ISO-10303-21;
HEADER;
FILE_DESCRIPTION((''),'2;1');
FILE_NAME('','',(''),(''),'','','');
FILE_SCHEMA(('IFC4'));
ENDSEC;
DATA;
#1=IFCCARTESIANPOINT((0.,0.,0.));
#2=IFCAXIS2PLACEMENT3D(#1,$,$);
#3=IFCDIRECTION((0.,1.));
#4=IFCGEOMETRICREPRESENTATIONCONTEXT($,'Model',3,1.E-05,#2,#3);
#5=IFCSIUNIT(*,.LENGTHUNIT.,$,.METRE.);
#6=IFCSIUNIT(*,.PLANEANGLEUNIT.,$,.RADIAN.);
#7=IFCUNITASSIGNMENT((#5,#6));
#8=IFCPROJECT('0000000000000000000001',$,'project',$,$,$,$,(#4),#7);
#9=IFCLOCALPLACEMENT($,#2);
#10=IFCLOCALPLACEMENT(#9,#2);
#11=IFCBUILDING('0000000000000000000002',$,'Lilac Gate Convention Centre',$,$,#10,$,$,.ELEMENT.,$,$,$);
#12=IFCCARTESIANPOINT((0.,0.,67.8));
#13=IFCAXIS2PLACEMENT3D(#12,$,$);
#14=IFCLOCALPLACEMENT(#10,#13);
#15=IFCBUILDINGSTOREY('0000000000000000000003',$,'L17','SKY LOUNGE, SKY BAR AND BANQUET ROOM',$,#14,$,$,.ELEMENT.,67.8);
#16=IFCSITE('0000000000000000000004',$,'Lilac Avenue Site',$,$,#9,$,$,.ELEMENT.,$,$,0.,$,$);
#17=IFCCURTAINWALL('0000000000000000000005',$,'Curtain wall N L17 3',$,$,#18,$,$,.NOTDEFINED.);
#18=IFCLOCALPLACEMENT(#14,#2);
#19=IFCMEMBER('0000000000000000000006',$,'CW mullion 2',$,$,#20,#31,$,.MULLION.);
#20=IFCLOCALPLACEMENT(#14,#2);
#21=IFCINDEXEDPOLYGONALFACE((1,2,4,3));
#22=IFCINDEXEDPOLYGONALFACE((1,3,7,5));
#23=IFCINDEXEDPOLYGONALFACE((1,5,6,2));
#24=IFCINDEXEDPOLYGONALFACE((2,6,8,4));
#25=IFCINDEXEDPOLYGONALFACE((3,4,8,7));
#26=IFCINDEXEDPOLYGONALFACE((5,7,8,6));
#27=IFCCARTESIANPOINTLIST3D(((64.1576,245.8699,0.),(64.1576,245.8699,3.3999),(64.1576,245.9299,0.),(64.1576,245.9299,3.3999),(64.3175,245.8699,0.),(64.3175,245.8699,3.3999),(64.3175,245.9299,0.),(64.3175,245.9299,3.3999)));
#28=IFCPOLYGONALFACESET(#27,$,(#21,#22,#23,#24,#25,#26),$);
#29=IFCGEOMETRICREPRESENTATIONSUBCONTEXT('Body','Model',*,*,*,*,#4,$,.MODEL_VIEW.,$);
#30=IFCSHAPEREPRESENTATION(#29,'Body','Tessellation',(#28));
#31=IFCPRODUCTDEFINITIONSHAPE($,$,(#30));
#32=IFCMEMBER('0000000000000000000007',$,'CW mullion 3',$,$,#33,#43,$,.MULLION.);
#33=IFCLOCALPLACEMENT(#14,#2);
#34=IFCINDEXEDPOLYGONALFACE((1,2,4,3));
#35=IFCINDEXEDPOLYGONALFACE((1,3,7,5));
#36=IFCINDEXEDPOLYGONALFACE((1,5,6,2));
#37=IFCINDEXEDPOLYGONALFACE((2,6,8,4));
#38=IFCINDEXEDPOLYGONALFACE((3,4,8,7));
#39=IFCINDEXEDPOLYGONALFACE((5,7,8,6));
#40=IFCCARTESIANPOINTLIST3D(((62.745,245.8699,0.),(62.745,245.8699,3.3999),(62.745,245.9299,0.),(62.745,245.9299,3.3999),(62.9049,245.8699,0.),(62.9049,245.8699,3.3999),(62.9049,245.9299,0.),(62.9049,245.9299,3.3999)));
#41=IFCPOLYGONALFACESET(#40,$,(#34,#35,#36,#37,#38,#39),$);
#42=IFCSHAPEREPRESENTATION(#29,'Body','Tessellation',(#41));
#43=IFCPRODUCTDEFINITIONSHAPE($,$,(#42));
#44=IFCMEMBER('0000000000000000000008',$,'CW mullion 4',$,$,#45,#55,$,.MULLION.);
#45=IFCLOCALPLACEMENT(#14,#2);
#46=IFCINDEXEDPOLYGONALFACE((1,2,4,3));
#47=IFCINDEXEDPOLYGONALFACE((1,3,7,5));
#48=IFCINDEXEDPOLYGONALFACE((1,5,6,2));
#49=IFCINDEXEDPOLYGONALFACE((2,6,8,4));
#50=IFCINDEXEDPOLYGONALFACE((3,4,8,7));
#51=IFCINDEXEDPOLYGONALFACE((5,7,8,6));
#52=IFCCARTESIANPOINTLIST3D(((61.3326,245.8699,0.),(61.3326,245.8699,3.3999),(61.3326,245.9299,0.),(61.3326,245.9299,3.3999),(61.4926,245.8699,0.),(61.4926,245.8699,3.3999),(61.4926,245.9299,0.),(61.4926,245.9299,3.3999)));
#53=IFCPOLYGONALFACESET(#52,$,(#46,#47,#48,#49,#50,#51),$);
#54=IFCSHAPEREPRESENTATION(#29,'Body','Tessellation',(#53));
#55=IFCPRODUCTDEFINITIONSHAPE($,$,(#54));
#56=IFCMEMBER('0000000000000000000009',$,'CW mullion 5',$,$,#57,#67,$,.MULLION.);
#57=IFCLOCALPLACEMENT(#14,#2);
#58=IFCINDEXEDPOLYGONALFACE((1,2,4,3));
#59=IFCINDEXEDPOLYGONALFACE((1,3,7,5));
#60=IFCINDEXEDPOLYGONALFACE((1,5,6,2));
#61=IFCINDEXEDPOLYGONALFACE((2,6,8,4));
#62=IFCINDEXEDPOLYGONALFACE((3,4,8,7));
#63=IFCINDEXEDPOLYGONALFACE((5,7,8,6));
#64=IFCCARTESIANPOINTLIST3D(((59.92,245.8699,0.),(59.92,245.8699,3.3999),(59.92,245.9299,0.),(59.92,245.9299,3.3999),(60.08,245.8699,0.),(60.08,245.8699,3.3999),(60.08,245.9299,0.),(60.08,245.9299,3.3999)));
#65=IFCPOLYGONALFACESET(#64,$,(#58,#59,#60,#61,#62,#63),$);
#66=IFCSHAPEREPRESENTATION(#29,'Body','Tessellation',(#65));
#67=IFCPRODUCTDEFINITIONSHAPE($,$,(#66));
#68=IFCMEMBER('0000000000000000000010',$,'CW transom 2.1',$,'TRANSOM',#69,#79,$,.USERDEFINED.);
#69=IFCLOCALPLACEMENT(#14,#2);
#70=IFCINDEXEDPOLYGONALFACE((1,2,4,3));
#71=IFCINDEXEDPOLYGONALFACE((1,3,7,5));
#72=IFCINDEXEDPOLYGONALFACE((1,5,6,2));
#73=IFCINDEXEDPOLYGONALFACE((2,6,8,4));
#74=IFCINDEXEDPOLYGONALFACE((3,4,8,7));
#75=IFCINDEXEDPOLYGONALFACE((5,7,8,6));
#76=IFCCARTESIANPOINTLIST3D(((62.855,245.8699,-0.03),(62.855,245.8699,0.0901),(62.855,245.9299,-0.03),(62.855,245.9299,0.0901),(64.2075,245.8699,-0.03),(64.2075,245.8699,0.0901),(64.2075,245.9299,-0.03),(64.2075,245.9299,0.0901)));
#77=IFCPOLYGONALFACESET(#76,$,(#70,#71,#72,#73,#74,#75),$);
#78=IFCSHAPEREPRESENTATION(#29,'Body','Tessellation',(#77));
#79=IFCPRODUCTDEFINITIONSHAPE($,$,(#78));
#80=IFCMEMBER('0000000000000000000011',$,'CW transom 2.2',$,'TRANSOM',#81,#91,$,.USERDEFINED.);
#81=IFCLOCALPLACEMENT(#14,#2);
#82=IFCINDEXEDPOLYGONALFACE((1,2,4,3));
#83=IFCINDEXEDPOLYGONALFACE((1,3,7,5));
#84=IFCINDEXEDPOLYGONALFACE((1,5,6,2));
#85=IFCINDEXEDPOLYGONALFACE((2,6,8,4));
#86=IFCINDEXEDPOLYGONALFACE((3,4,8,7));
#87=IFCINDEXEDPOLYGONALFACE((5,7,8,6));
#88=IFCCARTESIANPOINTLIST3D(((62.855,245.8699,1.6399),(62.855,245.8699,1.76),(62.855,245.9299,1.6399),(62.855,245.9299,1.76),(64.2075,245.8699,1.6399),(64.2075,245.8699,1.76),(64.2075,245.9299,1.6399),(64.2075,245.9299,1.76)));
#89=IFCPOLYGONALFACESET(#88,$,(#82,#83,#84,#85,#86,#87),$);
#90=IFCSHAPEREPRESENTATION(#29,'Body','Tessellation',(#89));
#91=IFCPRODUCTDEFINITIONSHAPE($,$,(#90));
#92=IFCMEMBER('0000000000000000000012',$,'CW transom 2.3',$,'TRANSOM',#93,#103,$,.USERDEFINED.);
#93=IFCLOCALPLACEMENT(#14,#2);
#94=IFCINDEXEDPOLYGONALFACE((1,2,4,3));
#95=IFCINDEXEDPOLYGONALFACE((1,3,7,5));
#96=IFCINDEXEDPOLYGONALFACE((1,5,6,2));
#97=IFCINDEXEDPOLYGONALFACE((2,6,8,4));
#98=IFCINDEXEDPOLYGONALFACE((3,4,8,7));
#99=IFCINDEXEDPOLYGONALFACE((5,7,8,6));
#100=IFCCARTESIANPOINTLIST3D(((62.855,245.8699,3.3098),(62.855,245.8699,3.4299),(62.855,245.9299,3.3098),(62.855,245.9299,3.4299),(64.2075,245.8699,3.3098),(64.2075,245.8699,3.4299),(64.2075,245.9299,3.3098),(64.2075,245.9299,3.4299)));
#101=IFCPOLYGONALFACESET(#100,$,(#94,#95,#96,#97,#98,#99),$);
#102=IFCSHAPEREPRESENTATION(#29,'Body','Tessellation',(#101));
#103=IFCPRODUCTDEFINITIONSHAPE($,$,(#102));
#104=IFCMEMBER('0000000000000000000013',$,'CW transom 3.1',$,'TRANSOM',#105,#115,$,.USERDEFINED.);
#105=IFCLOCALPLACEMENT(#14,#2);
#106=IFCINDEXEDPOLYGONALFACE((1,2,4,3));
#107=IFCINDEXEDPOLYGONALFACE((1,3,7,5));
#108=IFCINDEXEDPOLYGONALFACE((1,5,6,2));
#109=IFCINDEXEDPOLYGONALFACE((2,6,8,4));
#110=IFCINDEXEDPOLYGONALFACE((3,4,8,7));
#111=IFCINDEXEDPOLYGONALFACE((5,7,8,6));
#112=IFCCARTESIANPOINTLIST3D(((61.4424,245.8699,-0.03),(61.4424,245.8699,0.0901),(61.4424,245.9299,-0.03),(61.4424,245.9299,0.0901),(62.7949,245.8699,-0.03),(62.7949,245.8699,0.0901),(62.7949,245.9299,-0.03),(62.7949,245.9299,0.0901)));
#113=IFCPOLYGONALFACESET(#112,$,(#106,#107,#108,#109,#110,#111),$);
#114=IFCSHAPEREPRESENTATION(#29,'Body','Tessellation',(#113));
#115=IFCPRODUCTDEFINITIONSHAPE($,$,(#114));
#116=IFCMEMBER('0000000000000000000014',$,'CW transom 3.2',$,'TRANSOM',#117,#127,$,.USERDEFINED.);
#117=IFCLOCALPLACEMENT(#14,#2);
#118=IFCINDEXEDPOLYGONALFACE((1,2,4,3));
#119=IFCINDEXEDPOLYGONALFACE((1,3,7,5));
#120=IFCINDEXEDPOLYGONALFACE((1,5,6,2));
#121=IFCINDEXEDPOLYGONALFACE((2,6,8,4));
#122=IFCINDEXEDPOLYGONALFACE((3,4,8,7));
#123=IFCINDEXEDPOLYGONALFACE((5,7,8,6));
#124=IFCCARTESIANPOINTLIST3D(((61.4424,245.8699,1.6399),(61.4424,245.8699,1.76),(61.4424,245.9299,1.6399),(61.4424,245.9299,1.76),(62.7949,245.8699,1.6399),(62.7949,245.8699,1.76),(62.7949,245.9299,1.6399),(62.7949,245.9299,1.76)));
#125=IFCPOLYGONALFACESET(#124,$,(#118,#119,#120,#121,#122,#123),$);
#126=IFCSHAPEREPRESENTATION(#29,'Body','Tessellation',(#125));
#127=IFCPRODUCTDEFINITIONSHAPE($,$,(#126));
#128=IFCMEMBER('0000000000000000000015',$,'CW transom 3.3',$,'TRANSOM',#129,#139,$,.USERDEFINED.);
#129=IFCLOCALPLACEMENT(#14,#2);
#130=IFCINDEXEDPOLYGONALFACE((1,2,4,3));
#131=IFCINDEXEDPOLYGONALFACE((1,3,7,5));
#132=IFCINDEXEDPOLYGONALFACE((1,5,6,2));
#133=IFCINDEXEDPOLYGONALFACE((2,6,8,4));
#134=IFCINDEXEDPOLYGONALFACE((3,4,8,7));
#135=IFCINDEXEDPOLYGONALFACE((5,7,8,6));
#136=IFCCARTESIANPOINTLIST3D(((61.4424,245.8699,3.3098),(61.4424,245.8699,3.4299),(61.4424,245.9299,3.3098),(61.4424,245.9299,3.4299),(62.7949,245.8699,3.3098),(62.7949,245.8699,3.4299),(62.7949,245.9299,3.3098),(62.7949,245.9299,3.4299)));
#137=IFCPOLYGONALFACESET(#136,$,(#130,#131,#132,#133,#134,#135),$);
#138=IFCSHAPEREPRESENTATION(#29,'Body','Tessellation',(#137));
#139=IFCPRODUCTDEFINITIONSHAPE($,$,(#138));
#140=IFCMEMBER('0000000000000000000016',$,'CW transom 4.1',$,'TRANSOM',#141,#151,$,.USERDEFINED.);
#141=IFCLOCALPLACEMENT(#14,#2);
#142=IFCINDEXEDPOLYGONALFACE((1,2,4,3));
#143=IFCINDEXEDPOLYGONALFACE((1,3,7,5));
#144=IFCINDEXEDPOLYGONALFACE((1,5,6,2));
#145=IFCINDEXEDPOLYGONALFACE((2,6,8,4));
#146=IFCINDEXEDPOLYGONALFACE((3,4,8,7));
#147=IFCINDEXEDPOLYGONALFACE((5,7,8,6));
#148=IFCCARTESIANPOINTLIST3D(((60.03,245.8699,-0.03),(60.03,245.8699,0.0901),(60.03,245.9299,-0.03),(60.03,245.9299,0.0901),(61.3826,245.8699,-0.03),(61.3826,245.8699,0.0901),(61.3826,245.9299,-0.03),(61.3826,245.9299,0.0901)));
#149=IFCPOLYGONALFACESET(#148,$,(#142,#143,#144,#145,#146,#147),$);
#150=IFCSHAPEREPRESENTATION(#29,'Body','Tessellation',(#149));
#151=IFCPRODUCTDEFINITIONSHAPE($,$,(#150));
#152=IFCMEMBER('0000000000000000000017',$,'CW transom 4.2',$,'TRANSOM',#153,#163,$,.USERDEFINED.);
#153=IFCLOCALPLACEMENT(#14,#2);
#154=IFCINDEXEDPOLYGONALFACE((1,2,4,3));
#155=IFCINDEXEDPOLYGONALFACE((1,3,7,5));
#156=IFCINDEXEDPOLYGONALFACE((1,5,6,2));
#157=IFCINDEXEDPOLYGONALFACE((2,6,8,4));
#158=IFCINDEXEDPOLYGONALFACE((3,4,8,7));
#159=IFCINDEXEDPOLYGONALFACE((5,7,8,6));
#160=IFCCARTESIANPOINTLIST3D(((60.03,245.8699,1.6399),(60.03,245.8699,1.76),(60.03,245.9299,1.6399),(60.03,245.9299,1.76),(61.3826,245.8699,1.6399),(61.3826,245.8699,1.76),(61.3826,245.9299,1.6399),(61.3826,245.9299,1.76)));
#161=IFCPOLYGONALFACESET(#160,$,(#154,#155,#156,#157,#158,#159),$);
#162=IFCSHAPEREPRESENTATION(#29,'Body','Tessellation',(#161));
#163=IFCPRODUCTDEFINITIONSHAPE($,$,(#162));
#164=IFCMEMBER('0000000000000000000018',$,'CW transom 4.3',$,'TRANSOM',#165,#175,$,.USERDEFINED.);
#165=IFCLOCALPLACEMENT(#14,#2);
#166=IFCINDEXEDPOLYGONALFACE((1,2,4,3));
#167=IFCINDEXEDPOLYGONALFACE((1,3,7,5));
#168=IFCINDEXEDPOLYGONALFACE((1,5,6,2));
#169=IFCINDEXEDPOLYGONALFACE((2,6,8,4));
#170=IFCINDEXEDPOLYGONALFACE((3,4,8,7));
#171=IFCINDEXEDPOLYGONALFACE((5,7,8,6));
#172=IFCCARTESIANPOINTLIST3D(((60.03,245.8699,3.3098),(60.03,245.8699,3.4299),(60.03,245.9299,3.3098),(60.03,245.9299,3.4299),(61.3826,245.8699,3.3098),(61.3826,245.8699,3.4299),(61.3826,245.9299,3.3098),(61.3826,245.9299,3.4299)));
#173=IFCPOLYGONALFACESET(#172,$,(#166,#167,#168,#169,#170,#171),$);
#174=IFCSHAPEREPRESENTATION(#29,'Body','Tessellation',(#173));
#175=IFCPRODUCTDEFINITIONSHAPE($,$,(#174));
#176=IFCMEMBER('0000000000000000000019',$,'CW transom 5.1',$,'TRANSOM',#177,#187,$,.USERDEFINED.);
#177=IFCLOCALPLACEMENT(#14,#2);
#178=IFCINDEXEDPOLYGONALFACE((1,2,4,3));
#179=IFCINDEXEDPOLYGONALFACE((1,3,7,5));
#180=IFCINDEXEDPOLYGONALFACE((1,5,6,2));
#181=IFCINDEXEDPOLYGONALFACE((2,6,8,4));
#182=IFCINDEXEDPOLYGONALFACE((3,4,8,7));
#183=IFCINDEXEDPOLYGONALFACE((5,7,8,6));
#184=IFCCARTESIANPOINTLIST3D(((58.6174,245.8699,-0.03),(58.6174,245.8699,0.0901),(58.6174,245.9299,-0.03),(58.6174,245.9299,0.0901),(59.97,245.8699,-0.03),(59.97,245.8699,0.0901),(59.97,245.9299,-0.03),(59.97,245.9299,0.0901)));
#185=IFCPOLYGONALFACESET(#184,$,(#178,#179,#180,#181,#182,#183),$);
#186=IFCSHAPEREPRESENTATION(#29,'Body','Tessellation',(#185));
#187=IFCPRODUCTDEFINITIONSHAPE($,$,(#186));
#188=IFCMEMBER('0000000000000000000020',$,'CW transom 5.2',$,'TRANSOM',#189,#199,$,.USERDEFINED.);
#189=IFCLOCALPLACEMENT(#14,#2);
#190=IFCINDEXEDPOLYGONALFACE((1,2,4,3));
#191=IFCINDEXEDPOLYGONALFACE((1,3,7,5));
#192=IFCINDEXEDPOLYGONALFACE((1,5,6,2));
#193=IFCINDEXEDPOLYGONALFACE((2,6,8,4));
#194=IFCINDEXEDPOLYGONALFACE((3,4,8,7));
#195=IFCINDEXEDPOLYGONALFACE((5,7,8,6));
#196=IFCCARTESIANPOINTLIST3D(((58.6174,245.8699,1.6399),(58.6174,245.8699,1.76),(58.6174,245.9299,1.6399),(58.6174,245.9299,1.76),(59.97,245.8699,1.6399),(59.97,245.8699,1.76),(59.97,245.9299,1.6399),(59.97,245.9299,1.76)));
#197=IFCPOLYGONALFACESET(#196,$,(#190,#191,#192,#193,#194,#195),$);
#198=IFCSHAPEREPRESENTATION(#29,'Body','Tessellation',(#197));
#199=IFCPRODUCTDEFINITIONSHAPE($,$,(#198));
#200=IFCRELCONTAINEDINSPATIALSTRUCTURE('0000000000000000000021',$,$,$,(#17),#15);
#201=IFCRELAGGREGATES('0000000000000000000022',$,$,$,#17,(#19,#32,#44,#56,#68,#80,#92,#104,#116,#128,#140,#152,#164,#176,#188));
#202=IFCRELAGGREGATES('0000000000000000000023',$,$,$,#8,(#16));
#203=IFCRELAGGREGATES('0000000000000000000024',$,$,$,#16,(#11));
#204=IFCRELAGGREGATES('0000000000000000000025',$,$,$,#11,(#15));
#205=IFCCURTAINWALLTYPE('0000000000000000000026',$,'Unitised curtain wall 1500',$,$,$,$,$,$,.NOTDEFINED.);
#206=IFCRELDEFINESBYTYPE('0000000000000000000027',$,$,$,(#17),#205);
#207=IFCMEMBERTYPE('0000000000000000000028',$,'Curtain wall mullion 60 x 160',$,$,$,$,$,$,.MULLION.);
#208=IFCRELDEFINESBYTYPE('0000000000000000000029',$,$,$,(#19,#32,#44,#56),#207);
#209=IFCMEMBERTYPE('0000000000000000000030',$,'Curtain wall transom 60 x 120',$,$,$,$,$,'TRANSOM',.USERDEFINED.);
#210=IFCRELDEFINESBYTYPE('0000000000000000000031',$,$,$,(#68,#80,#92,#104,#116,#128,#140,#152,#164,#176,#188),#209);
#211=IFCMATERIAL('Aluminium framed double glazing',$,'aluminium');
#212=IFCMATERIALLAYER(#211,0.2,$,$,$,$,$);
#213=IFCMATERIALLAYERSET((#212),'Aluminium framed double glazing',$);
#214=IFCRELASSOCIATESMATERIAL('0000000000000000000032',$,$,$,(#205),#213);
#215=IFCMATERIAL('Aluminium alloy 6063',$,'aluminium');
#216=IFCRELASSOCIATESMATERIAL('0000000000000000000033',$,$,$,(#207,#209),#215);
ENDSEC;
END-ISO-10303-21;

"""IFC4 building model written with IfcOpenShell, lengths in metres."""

from ifc_helpers import new_model, si_unit, direction, frame, origin, origin_2d, place, context, subcontext, project, spatial, rectangle, extrude, material, layer, layer_set, material_profile, profile_set, type_object, element, aggregate, save


model = new_model("IFC4")

# Units and contexts
model_context = context("Model", 3, precision=1e-05, world=origin(), true_north=direction((0.0, 1.0)))
body_context = subcontext(model_context, "Body", "Model", "MODEL_VIEW")
ifc_project = project(units=[si_unit("LENGTHUNIT", "METRE"), si_unit("PLANEANGLEUNIT", "RADIAN")], contexts=[model_context])

# Site, building, storey
site_placement = place(None, origin())
site = spatial("IfcSite", under=ifc_project, at=site_placement, Name="Lilac Avenue Site", CompositionType="ELEMENT", RefElevation=0.0)
building_placement = place(site_placement, origin())
building = spatial("IfcBuilding", under=site, at=building_placement, Name="Lilac Gate Convention Centre", CompositionType="ELEMENT")
storey_placement = place(building_placement, frame((0.0, 0.0, 67.8)))
storey = spatial("IfcBuildingStorey", under=building, at=storey_placement, Name="L17", Description="SKY LOUNGE, SKY BAR AND BANQUET ROOM", CompositionType="ELEMENT", Elevation=67.8)

# Curtain wall, members
ifc_material_1 = material(Name="Aluminium framed double glazing", Category="aluminium")
ifc_layer_1 = layer(ifc_material_1, 0.2)
ifc_layer_set_1 = layer_set([ifc_layer_1], Name="Aluminium framed double glazing")
curtain_wall_type = type_object("IfcCurtainWallType", Name="Unitised curtain wall 1500", PredefinedType="NOTDEFINED", material=ifc_layer_set_1)
curtain_wall_placement = place(storey_placement, origin())
curtain_wall = element("IfcCurtainWall", 1, at=curtain_wall_placement, inside=storey, type_object=curtain_wall_type, Name="Curtain wall N L17 3", PredefinedType="NOTDEFINED")
ifc_material_2 = material(Name="Aluminium alloy 6063", Category="aluminium")
ifc_material_profile_1 = material_profile(ifc_material_2, rectangle(XDim=0.0601, YDim=0.1599, at=origin_2d()), Name="Curtain wall mullion 60 x 160")
ifc_profile_set_1 = profile_set([ifc_material_profile_1], Name="Aluminium alloy 6063")
member_type_1 = type_object("IfcMemberType", Name="Curtain wall mullion 60 x 160", PredefinedType="MULLION", material=ifc_profile_set_1)
member_1_placement = place(storey_placement, frame((64.2375, 245.8999, 0.0), z_axis=(0.0, 0.0, 1.0), x_axis=(0.0, -1.0, 0.0)))
member_1 = element("IfcMember", 2, at=member_1_placement, type_object=member_type_1, Name="CW mullion 2", PredefinedType="MULLION", context=body_context, shape_type="SweptSolid", body=[
    extrude(rectangle(XDim=0.0601, YDim=0.1599, at=origin_2d()), origin(), (0.0, 0.0, 1.0), 3.3999),
])
member_2_placement = place(storey_placement, frame((62.825, 245.8999, 0.0), z_axis=(0.0, 0.0, 1.0), x_axis=(0.0, -1.0, 0.0)))
member_2 = element("IfcMember", 3, at=member_2_placement, type_object=member_type_1, Name="CW mullion 3", PredefinedType="MULLION", context=body_context, shape_type="SweptSolid", body=[
    extrude(rectangle(XDim=0.0601, YDim=0.1599, at=origin_2d()), origin(), (0.0, 0.0, 1.0), 3.3999),
])
member_3_placement = place(storey_placement, frame((61.4126, 245.8999, 0.0), z_axis=(0.0, 0.0, 1.0), x_axis=(0.0, -1.0, 0.0)))
member_3 = element("IfcMember", 4, at=member_3_placement, type_object=member_type_1, Name="CW mullion 4", PredefinedType="MULLION", context=body_context, shape_type="SweptSolid", body=[
    extrude(rectangle(XDim=0.0601, YDim=0.1599, at=origin_2d()), origin(), (0.0, 0.0, 1.0), 3.3999),
])
member_4_placement = place(storey_placement, frame((60.0, 245.8999, 0.0), z_axis=(0.0, 0.0, 1.0), x_axis=(0.0, -1.0, 0.0)))
member_4 = element("IfcMember", 5, at=member_4_placement, type_object=member_type_1, Name="CW mullion 5", PredefinedType="MULLION", context=body_context, shape_type="SweptSolid", body=[
    extrude(rectangle(XDim=0.0601, YDim=0.1599, at=origin_2d()), origin(), (0.0, 0.0, 1.0), 3.3999),
])
ifc_material_profile_2 = material_profile(ifc_material_2, rectangle(XDim=0.0601, YDim=0.1201, at=origin_2d()), Name="Curtain wall transom 60 x 120")
ifc_profile_set_2 = profile_set([ifc_material_profile_2], Name="Aluminium alloy 6063")
member_type_2 = type_object("IfcMemberType", Name="Curtain wall transom 60 x 120", ElementType="TRANSOM", PredefinedType="USERDEFINED", material=ifc_profile_set_2)
member_5_placement = place(storey_placement, frame((64.2075, 245.8999, 0.03), z_axis=(-1.0, 0.0, 0.0), x_axis=(0.0, -1.0, 0.0)))
member_5 = element("IfcMember", 6, at=member_5_placement, type_object=member_type_2, Name="CW transom 2.1", ObjectType="TRANSOM", PredefinedType="USERDEFINED", context=body_context, shape_type="SweptSolid", body=[
    extrude(rectangle(XDim=0.0601, YDim=0.1201, at=origin_2d()), origin(), (0.0, 0.0, 1.0), 1.3525),
])
member_6_placement = place(storey_placement, frame((64.2075, 245.8999, 1.7), z_axis=(-1.0, 0.0, 0.0), x_axis=(0.0, -1.0, 0.0)))
member_6 = element("IfcMember", 7, at=member_6_placement, type_object=member_type_2, Name="CW transom 2.2", ObjectType="TRANSOM", PredefinedType="USERDEFINED", context=body_context, shape_type="SweptSolid", body=[
    extrude(rectangle(XDim=0.0601, YDim=0.1201, at=origin_2d()), origin(), (0.0, 0.0, 1.0), 1.3525),
])
member_7_placement = place(storey_placement, frame((64.2075, 245.8999, 3.3699), z_axis=(-1.0, 0.0, 0.0), x_axis=(0.0, -1.0, 0.0)))
member_7 = element("IfcMember", 8, at=member_7_placement, type_object=member_type_2, Name="CW transom 2.3", ObjectType="TRANSOM", PredefinedType="USERDEFINED", context=body_context, shape_type="SweptSolid", body=[
    extrude(rectangle(XDim=0.0601, YDim=0.1201, at=origin_2d()), origin(), (0.0, 0.0, 1.0), 1.3525),
])
member_8_placement = place(storey_placement, frame((62.7949, 245.8999, 0.03), z_axis=(-1.0, 0.0, 0.0), x_axis=(0.0, -1.0, 0.0)))
member_8 = element("IfcMember", 9, at=member_8_placement, type_object=member_type_2, Name="CW transom 3.1", ObjectType="TRANSOM", PredefinedType="USERDEFINED", context=body_context, shape_type="SweptSolid", body=[
    extrude(rectangle(XDim=0.0601, YDim=0.1201, at=origin_2d()), origin(), (0.0, 0.0, 1.0), 1.3525),
])
member_9_placement = place(storey_placement, frame((62.7949, 245.8999, 1.7), z_axis=(-1.0, 0.0, 0.0), x_axis=(0.0, -1.0, 0.0)))
member_9 = element("IfcMember", 10, at=member_9_placement, type_object=member_type_2, Name="CW transom 3.2", ObjectType="TRANSOM", PredefinedType="USERDEFINED", context=body_context, shape_type="SweptSolid", body=[
    extrude(rectangle(XDim=0.0601, YDim=0.1201, at=origin_2d()), origin(), (0.0, 0.0, 1.0), 1.3525),
])
member_10_placement = place(storey_placement, frame((62.7949, 245.8999, 3.3699), z_axis=(-1.0, 0.0, 0.0), x_axis=(0.0, -1.0, 0.0)))
member_10 = element("IfcMember", 11, at=member_10_placement, type_object=member_type_2, Name="CW transom 3.3", ObjectType="TRANSOM", PredefinedType="USERDEFINED", context=body_context, shape_type="SweptSolid", body=[
    extrude(rectangle(XDim=0.0601, YDim=0.1201, at=origin_2d()), origin(), (0.0, 0.0, 1.0), 1.3525),
])
member_11_placement = place(storey_placement, frame((61.3826, 245.8999, 0.03), z_axis=(-1.0, 0.0, 0.0), x_axis=(0.0, -1.0, 0.0)))
member_11 = element("IfcMember", 12, at=member_11_placement, type_object=member_type_2, Name="CW transom 4.1", ObjectType="TRANSOM", PredefinedType="USERDEFINED", context=body_context, shape_type="SweptSolid", body=[
    extrude(rectangle(XDim=0.0601, YDim=0.1201, at=origin_2d()), origin(), (0.0, 0.0, 1.0), 1.3525),
])
member_12_placement = place(storey_placement, frame((61.3826, 245.8999, 1.7), z_axis=(-1.0, 0.0, 0.0), x_axis=(0.0, -1.0, 0.0)))
member_12 = element("IfcMember", 13, at=member_12_placement, type_object=member_type_2, Name="CW transom 4.2", ObjectType="TRANSOM", PredefinedType="USERDEFINED", context=body_context, shape_type="SweptSolid", body=[
    extrude(rectangle(XDim=0.0601, YDim=0.1201, at=origin_2d()), origin(), (0.0, 0.0, 1.0), 1.3525),
])
member_13_placement = place(storey_placement, frame((61.3826, 245.8999, 3.3699), z_axis=(-1.0, 0.0, 0.0), x_axis=(0.0, -1.0, 0.0)))
member_13 = element("IfcMember", 14, at=member_13_placement, type_object=member_type_2, Name="CW transom 4.3", ObjectType="TRANSOM", PredefinedType="USERDEFINED", context=body_context, shape_type="SweptSolid", body=[
    extrude(rectangle(XDim=0.0601, YDim=0.1201, at=origin_2d()), origin(), (0.0, 0.0, 1.0), 1.3525),
])
member_14_placement = place(storey_placement, frame((59.97, 245.8999, 0.03), z_axis=(-1.0, 0.0, 0.0), x_axis=(0.0, -1.0, 0.0)))
member_14 = element("IfcMember", 15, at=member_14_placement, type_object=member_type_2, Name="CW transom 5.1", ObjectType="TRANSOM", PredefinedType="USERDEFINED", context=body_context, shape_type="SweptSolid", body=[
    extrude(rectangle(XDim=0.0601, YDim=0.1201, at=origin_2d()), origin(), (0.0, 0.0, 1.0), 1.3525),
])
member_15_placement = place(storey_placement, frame((59.97, 245.8999, 1.7), z_axis=(-1.0, 0.0, 0.0), x_axis=(0.0, -1.0, 0.0)))
member_15 = element("IfcMember", 16, at=member_15_placement, type_object=member_type_2, Name="CW transom 5.2", ObjectType="TRANSOM", PredefinedType="USERDEFINED", context=body_context, shape_type="SweptSolid", body=[
    extrude(rectangle(XDim=0.0601, YDim=0.1201, at=origin_2d()), origin(), (0.0, 0.0, 1.0), 1.3525),
])
aggregate(curtain_wall, [member_1, member_2, member_3, member_4, member_5, member_6, member_7, member_8, member_9, member_10, member_11, member_12, member_13, member_14, member_15])

save(model, "model.ifc")
